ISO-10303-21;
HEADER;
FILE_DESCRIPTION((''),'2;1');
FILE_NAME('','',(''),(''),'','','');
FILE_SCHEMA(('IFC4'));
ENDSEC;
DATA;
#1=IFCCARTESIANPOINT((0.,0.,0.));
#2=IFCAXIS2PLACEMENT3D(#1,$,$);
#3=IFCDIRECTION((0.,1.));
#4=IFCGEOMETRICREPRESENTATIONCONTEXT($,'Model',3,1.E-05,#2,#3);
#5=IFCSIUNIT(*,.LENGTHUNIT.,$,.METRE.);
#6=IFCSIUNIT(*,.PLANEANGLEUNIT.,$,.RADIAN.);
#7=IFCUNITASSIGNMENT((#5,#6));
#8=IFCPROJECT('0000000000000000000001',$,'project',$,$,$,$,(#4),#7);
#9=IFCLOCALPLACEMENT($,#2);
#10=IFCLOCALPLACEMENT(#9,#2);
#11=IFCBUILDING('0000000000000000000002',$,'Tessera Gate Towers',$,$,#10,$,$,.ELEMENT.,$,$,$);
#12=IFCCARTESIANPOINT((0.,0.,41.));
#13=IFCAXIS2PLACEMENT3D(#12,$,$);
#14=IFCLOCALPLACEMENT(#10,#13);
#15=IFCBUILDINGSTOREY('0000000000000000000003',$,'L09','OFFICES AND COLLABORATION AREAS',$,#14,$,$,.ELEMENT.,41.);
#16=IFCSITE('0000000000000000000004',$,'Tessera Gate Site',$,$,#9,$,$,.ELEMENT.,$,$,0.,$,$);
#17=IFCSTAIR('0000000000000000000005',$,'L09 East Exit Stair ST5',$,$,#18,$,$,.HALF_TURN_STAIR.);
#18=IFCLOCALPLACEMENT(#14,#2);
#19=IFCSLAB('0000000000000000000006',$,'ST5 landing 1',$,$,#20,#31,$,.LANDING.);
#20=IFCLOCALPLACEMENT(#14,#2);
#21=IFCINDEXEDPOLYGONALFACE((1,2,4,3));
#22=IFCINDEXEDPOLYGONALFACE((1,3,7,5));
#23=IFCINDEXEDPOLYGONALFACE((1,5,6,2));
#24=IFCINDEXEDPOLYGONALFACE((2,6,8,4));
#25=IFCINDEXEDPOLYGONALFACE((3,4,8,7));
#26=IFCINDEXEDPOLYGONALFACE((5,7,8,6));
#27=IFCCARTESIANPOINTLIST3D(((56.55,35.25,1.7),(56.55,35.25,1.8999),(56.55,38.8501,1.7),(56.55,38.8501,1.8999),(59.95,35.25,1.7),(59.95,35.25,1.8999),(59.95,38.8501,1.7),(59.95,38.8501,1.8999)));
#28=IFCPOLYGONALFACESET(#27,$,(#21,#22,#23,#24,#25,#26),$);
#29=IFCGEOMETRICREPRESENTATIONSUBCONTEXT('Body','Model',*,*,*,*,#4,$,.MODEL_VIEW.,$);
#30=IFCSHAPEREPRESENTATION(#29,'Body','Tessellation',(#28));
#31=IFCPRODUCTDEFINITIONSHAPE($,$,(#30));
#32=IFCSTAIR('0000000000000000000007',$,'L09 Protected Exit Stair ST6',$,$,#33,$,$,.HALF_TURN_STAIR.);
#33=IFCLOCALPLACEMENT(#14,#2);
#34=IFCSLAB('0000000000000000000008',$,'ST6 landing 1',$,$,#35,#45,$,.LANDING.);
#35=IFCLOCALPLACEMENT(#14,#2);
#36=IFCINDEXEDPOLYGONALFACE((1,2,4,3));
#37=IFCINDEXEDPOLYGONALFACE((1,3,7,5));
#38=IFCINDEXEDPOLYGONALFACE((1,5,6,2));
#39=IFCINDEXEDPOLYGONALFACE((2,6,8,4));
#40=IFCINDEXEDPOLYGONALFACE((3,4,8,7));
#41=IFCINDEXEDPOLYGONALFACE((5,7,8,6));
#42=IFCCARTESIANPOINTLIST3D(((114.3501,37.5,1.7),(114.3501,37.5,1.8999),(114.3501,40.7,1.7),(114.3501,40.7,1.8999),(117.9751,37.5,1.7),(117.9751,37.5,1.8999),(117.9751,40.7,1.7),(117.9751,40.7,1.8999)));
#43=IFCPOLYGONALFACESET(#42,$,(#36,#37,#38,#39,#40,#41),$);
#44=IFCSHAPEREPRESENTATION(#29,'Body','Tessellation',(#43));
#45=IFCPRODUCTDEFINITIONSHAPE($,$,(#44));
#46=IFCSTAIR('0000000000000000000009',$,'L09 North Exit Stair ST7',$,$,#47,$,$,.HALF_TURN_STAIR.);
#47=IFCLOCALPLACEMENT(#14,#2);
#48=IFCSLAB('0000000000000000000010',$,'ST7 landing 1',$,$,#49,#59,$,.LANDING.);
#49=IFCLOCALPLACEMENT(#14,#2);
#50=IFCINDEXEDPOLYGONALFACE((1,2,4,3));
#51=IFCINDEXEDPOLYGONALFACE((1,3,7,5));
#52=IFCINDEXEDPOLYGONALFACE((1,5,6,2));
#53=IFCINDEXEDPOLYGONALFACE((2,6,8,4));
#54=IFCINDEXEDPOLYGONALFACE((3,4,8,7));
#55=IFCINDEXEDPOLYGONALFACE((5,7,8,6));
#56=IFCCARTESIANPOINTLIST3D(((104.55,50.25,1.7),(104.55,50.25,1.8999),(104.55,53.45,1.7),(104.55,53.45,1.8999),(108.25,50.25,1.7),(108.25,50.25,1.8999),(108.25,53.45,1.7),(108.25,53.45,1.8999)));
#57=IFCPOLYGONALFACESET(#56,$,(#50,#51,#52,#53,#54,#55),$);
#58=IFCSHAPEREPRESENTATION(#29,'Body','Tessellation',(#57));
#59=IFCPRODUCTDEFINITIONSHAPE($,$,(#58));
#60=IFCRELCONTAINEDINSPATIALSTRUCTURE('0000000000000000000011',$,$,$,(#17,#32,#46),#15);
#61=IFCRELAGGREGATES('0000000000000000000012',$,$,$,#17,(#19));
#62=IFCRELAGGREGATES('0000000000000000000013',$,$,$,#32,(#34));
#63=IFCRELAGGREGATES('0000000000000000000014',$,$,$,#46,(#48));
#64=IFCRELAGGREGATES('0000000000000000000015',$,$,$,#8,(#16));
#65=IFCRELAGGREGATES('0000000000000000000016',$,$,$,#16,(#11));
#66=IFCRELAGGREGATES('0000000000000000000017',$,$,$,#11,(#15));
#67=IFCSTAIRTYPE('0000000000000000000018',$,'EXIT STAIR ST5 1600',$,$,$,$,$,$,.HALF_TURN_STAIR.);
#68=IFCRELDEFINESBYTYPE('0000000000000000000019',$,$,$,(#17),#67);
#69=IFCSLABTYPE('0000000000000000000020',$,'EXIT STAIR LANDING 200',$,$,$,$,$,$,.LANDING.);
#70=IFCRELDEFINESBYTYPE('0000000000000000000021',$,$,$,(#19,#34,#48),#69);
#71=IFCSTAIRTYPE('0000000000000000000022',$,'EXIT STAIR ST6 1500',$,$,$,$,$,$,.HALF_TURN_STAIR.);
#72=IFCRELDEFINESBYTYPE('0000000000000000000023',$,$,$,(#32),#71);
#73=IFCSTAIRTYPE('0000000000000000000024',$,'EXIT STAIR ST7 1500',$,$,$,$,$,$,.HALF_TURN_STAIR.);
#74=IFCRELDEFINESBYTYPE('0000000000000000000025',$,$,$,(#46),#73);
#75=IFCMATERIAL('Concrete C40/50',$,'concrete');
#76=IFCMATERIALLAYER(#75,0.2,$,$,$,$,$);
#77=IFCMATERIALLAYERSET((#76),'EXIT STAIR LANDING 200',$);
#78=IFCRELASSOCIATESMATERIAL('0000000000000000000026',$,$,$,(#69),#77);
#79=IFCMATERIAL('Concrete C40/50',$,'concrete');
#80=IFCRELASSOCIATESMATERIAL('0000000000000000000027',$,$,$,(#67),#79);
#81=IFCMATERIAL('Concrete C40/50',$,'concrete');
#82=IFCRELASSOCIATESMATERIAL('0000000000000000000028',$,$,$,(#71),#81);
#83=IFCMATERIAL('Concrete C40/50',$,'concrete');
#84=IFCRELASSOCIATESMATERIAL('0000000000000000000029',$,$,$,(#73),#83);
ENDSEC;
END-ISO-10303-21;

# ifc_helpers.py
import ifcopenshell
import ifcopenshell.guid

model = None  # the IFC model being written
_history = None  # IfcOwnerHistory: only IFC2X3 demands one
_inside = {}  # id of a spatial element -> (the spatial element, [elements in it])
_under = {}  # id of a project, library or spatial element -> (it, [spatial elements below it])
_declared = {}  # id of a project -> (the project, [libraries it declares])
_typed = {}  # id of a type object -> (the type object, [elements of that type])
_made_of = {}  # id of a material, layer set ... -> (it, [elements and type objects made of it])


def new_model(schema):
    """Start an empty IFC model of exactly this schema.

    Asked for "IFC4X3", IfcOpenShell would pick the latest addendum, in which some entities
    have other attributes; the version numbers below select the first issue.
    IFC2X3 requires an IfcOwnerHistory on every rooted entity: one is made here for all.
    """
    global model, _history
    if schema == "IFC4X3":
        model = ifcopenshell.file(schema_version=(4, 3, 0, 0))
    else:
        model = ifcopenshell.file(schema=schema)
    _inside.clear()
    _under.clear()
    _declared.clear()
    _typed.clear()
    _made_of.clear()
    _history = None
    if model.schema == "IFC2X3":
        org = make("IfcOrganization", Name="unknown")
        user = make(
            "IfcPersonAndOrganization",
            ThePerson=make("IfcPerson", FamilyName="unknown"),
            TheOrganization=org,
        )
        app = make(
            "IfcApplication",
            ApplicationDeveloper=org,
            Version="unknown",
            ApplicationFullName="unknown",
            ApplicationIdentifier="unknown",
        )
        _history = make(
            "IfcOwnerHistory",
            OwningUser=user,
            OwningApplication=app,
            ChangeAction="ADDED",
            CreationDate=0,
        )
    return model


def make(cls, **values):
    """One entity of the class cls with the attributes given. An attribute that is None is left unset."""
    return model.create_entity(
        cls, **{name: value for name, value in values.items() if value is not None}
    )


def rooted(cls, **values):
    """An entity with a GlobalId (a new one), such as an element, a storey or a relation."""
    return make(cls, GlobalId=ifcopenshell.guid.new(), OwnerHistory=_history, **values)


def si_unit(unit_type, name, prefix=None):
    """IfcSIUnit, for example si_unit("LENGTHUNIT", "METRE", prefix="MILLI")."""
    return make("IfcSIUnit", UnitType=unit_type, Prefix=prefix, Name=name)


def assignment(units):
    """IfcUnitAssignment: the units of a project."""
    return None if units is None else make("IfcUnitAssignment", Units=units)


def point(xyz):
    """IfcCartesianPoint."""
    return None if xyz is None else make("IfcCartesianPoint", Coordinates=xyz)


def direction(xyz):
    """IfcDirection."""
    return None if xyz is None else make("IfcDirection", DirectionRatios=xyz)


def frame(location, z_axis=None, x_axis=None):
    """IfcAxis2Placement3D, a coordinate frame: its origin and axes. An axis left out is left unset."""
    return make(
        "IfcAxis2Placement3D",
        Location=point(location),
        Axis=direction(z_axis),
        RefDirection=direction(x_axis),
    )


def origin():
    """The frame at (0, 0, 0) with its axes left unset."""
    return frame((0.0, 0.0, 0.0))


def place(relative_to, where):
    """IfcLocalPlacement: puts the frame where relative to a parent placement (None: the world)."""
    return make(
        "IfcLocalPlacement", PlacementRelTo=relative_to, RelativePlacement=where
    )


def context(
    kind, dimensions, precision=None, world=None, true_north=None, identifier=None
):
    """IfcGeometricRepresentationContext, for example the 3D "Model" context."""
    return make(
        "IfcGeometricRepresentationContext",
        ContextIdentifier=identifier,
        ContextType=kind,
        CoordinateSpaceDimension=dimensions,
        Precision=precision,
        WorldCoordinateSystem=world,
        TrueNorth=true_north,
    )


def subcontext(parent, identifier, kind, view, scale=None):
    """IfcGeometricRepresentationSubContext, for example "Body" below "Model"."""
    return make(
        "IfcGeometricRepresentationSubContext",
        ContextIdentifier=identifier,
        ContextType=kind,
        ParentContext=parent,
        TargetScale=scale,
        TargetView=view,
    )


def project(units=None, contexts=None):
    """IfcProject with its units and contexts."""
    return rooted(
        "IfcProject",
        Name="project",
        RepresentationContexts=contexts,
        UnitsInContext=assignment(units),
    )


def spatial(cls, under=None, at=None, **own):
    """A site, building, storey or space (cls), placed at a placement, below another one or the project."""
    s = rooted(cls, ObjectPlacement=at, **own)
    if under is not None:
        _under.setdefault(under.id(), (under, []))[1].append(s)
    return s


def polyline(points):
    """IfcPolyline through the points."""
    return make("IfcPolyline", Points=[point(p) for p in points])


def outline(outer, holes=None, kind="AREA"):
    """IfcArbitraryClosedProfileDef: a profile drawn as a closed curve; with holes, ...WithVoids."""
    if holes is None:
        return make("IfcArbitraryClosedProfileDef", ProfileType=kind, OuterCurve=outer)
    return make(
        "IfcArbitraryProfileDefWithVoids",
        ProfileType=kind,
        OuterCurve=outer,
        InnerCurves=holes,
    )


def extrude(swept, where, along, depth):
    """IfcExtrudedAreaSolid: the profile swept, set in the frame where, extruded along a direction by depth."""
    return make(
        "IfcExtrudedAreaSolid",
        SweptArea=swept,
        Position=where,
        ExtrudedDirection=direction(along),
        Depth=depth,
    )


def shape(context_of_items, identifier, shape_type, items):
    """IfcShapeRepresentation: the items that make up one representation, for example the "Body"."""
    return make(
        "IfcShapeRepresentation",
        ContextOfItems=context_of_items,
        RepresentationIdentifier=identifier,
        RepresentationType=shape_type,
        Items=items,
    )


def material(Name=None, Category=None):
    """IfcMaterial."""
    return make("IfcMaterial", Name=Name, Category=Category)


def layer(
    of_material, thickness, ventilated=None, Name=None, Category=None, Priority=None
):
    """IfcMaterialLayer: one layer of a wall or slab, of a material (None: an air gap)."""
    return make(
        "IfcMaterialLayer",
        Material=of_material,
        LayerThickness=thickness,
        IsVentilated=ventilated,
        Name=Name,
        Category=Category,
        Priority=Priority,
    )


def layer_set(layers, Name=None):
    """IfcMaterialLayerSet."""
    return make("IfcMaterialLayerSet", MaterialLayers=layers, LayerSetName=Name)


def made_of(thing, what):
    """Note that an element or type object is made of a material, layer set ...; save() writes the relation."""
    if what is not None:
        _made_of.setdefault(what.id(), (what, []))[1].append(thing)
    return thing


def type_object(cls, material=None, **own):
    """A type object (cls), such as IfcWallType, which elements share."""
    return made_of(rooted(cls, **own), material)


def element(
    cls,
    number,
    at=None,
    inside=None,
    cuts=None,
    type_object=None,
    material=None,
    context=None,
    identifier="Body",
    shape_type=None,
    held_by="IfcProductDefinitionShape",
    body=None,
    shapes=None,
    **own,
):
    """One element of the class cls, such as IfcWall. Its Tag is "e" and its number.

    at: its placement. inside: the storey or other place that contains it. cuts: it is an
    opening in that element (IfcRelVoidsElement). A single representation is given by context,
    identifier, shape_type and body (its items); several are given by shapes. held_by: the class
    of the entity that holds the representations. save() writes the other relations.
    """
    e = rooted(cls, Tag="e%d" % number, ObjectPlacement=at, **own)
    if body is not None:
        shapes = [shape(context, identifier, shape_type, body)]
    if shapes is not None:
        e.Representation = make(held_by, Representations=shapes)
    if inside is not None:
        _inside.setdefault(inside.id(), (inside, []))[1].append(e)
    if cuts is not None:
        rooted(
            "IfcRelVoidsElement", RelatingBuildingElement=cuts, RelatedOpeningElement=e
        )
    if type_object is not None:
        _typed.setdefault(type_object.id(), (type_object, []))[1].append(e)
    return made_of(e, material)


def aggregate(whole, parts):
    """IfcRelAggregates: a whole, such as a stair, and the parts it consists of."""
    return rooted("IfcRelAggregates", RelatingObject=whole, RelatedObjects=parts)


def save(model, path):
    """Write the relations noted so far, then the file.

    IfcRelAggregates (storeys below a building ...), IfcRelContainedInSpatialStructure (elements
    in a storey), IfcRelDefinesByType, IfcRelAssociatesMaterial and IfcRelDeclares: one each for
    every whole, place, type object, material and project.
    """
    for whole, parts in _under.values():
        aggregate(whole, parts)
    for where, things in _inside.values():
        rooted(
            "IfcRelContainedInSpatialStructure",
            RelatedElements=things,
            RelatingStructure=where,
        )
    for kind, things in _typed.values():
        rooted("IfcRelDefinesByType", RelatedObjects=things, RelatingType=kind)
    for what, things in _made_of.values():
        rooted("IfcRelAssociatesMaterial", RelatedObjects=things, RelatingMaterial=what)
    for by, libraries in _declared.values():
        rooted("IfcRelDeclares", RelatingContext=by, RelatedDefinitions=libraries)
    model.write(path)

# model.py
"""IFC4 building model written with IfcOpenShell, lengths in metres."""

from ifc_helpers import new_model, si_unit, direction, frame, origin, place, context, subcontext, project, spatial, polyline, outline, extrude, material, layer, layer_set, type_object, element, aggregate, save


model = new_model("IFC4")

# Units and contexts
model_context = context("Model", 3, precision=1e-05, world=origin(), true_north=direction((0.0, 1.0)))
body_context = subcontext(model_context, "Body", "Model", "MODEL_VIEW")
ifc_project = project(units=[si_unit("LENGTHUNIT", "METRE"), si_unit("PLANEANGLEUNIT", "RADIAN")], contexts=[model_context])

# Site, building, storey
site_placement = place(None, origin())
site = spatial("IfcSite", under=ifc_project, at=site_placement, Name="Tessera Gate Site", CompositionType="ELEMENT", RefElevation=0.0)
building_placement = place(site_placement, origin())
building = spatial("IfcBuilding", under=site, at=building_placement, Name="Tessera Gate Towers", CompositionType="ELEMENT")
storey_placement = place(building_placement, frame((0.0, 0.0, 41.0)))
storey = spatial("IfcBuildingStorey", under=building, at=storey_placement, Name="L09", Description="OFFICES AND COLLABORATION AREAS", CompositionType="ELEMENT", Elevation=41.0)

# Stairs, slabs
ifc_material_1 = material(Name="Concrete C40/50", Category="concrete")
ifc_layer_1 = layer(ifc_material_1, 0.2)
ifc_layer_set_1 = layer_set([ifc_layer_1], Name="EXIT STAIR LANDING 200")
slab_type_1 = type_object("IfcSlabType", Name="EXIT STAIR LANDING 200", PredefinedType="LANDING", material=ifc_layer_set_1)
ifc_material_2 = material(Name="Concrete C40/50", Category="concrete")
stair_type_1 = type_object("IfcStairType", Name="EXIT STAIR ST5 1600", PredefinedType="HALF_TURN_STAIR", material=ifc_material_2)
stair_1_placement = place(storey_placement, origin())
stair_1 = element("IfcStair", 1, at=stair_1_placement, inside=storey, type_object=stair_type_1, Name="L09 East Exit Stair ST5", PredefinedType="HALF_TURN_STAIR")
slab_1_placement = place(storey_placement, frame((0.0, 0.0, 1.7)))
slab_1 = element("IfcSlab", 2, at=slab_1_placement, type_object=slab_type_1, Name="ST5 landing 1", PredefinedType="LANDING", context=body_context, shape_type="SweptSolid", body=[
    extrude(outline(polyline([(59.95, 35.25), (59.95, 38.8501), (56.55, 38.8501), (56.55, 35.25), (59.95, 35.25)])), origin(), (0.0, 0.0, 1.0), 0.2),
])
aggregate(stair_1, [slab_1])
ifc_material_3 = material(Name="Concrete C40/50", Category="concrete")
stair_type_2 = type_object("IfcStairType", Name="EXIT STAIR ST6 1500", PredefinedType="HALF_TURN_STAIR", material=ifc_material_3)
stair_2_placement = place(storey_placement, origin())
stair_2 = element("IfcStair", 3, at=stair_2_placement, inside=storey, type_object=stair_type_2, Name="L09 Protected Exit Stair ST6", PredefinedType="HALF_TURN_STAIR")
slab_2_placement = place(storey_placement, frame((0.0, 0.0, 1.7)))
slab_2 = element("IfcSlab", 4, at=slab_2_placement, type_object=slab_type_1, Name="ST6 landing 1", PredefinedType="LANDING", context=body_context, shape_type="SweptSolid", body=[
    extrude(outline(polyline([(114.3501, 37.5), (117.9751, 37.5), (117.9751, 40.7), (114.3501, 40.7), (114.3501, 37.5)])), origin(), (0.0, 0.0, 1.0), 0.2),
])
aggregate(stair_2, [slab_2])
ifc_material_4 = material(Name="Concrete C40/50", Category="concrete")
stair_type_3 = type_object("IfcStairType", Name="EXIT STAIR ST7 1500", PredefinedType="HALF_TURN_STAIR", material=ifc_material_4)
stair_3_placement = place(storey_placement, origin())
stair_3 = element("IfcStair", 5, at=stair_3_placement, inside=storey, type_object=stair_type_3, Name="L09 North Exit Stair ST7", PredefinedType="HALF_TURN_STAIR")
slab_3_placement = place(storey_placement, frame((0.0, 0.0, 1.7)))
slab_3 = element("IfcSlab", 6, at=slab_3_placement, type_object=slab_type_1, Name="ST7 landing 1", PredefinedType="LANDING", context=body_context, shape_type="SweptSolid", body=[
    extrude(outline(polyline([(104.55, 50.25), (108.25, 50.25), (108.25, 53.45), (104.55, 53.45), (104.55, 50.25)])), origin(), (0.0, 0.0, 1.0), 0.2),
])
aggregate(stair_3, [slab_3])

save(model, "model.ifc")
